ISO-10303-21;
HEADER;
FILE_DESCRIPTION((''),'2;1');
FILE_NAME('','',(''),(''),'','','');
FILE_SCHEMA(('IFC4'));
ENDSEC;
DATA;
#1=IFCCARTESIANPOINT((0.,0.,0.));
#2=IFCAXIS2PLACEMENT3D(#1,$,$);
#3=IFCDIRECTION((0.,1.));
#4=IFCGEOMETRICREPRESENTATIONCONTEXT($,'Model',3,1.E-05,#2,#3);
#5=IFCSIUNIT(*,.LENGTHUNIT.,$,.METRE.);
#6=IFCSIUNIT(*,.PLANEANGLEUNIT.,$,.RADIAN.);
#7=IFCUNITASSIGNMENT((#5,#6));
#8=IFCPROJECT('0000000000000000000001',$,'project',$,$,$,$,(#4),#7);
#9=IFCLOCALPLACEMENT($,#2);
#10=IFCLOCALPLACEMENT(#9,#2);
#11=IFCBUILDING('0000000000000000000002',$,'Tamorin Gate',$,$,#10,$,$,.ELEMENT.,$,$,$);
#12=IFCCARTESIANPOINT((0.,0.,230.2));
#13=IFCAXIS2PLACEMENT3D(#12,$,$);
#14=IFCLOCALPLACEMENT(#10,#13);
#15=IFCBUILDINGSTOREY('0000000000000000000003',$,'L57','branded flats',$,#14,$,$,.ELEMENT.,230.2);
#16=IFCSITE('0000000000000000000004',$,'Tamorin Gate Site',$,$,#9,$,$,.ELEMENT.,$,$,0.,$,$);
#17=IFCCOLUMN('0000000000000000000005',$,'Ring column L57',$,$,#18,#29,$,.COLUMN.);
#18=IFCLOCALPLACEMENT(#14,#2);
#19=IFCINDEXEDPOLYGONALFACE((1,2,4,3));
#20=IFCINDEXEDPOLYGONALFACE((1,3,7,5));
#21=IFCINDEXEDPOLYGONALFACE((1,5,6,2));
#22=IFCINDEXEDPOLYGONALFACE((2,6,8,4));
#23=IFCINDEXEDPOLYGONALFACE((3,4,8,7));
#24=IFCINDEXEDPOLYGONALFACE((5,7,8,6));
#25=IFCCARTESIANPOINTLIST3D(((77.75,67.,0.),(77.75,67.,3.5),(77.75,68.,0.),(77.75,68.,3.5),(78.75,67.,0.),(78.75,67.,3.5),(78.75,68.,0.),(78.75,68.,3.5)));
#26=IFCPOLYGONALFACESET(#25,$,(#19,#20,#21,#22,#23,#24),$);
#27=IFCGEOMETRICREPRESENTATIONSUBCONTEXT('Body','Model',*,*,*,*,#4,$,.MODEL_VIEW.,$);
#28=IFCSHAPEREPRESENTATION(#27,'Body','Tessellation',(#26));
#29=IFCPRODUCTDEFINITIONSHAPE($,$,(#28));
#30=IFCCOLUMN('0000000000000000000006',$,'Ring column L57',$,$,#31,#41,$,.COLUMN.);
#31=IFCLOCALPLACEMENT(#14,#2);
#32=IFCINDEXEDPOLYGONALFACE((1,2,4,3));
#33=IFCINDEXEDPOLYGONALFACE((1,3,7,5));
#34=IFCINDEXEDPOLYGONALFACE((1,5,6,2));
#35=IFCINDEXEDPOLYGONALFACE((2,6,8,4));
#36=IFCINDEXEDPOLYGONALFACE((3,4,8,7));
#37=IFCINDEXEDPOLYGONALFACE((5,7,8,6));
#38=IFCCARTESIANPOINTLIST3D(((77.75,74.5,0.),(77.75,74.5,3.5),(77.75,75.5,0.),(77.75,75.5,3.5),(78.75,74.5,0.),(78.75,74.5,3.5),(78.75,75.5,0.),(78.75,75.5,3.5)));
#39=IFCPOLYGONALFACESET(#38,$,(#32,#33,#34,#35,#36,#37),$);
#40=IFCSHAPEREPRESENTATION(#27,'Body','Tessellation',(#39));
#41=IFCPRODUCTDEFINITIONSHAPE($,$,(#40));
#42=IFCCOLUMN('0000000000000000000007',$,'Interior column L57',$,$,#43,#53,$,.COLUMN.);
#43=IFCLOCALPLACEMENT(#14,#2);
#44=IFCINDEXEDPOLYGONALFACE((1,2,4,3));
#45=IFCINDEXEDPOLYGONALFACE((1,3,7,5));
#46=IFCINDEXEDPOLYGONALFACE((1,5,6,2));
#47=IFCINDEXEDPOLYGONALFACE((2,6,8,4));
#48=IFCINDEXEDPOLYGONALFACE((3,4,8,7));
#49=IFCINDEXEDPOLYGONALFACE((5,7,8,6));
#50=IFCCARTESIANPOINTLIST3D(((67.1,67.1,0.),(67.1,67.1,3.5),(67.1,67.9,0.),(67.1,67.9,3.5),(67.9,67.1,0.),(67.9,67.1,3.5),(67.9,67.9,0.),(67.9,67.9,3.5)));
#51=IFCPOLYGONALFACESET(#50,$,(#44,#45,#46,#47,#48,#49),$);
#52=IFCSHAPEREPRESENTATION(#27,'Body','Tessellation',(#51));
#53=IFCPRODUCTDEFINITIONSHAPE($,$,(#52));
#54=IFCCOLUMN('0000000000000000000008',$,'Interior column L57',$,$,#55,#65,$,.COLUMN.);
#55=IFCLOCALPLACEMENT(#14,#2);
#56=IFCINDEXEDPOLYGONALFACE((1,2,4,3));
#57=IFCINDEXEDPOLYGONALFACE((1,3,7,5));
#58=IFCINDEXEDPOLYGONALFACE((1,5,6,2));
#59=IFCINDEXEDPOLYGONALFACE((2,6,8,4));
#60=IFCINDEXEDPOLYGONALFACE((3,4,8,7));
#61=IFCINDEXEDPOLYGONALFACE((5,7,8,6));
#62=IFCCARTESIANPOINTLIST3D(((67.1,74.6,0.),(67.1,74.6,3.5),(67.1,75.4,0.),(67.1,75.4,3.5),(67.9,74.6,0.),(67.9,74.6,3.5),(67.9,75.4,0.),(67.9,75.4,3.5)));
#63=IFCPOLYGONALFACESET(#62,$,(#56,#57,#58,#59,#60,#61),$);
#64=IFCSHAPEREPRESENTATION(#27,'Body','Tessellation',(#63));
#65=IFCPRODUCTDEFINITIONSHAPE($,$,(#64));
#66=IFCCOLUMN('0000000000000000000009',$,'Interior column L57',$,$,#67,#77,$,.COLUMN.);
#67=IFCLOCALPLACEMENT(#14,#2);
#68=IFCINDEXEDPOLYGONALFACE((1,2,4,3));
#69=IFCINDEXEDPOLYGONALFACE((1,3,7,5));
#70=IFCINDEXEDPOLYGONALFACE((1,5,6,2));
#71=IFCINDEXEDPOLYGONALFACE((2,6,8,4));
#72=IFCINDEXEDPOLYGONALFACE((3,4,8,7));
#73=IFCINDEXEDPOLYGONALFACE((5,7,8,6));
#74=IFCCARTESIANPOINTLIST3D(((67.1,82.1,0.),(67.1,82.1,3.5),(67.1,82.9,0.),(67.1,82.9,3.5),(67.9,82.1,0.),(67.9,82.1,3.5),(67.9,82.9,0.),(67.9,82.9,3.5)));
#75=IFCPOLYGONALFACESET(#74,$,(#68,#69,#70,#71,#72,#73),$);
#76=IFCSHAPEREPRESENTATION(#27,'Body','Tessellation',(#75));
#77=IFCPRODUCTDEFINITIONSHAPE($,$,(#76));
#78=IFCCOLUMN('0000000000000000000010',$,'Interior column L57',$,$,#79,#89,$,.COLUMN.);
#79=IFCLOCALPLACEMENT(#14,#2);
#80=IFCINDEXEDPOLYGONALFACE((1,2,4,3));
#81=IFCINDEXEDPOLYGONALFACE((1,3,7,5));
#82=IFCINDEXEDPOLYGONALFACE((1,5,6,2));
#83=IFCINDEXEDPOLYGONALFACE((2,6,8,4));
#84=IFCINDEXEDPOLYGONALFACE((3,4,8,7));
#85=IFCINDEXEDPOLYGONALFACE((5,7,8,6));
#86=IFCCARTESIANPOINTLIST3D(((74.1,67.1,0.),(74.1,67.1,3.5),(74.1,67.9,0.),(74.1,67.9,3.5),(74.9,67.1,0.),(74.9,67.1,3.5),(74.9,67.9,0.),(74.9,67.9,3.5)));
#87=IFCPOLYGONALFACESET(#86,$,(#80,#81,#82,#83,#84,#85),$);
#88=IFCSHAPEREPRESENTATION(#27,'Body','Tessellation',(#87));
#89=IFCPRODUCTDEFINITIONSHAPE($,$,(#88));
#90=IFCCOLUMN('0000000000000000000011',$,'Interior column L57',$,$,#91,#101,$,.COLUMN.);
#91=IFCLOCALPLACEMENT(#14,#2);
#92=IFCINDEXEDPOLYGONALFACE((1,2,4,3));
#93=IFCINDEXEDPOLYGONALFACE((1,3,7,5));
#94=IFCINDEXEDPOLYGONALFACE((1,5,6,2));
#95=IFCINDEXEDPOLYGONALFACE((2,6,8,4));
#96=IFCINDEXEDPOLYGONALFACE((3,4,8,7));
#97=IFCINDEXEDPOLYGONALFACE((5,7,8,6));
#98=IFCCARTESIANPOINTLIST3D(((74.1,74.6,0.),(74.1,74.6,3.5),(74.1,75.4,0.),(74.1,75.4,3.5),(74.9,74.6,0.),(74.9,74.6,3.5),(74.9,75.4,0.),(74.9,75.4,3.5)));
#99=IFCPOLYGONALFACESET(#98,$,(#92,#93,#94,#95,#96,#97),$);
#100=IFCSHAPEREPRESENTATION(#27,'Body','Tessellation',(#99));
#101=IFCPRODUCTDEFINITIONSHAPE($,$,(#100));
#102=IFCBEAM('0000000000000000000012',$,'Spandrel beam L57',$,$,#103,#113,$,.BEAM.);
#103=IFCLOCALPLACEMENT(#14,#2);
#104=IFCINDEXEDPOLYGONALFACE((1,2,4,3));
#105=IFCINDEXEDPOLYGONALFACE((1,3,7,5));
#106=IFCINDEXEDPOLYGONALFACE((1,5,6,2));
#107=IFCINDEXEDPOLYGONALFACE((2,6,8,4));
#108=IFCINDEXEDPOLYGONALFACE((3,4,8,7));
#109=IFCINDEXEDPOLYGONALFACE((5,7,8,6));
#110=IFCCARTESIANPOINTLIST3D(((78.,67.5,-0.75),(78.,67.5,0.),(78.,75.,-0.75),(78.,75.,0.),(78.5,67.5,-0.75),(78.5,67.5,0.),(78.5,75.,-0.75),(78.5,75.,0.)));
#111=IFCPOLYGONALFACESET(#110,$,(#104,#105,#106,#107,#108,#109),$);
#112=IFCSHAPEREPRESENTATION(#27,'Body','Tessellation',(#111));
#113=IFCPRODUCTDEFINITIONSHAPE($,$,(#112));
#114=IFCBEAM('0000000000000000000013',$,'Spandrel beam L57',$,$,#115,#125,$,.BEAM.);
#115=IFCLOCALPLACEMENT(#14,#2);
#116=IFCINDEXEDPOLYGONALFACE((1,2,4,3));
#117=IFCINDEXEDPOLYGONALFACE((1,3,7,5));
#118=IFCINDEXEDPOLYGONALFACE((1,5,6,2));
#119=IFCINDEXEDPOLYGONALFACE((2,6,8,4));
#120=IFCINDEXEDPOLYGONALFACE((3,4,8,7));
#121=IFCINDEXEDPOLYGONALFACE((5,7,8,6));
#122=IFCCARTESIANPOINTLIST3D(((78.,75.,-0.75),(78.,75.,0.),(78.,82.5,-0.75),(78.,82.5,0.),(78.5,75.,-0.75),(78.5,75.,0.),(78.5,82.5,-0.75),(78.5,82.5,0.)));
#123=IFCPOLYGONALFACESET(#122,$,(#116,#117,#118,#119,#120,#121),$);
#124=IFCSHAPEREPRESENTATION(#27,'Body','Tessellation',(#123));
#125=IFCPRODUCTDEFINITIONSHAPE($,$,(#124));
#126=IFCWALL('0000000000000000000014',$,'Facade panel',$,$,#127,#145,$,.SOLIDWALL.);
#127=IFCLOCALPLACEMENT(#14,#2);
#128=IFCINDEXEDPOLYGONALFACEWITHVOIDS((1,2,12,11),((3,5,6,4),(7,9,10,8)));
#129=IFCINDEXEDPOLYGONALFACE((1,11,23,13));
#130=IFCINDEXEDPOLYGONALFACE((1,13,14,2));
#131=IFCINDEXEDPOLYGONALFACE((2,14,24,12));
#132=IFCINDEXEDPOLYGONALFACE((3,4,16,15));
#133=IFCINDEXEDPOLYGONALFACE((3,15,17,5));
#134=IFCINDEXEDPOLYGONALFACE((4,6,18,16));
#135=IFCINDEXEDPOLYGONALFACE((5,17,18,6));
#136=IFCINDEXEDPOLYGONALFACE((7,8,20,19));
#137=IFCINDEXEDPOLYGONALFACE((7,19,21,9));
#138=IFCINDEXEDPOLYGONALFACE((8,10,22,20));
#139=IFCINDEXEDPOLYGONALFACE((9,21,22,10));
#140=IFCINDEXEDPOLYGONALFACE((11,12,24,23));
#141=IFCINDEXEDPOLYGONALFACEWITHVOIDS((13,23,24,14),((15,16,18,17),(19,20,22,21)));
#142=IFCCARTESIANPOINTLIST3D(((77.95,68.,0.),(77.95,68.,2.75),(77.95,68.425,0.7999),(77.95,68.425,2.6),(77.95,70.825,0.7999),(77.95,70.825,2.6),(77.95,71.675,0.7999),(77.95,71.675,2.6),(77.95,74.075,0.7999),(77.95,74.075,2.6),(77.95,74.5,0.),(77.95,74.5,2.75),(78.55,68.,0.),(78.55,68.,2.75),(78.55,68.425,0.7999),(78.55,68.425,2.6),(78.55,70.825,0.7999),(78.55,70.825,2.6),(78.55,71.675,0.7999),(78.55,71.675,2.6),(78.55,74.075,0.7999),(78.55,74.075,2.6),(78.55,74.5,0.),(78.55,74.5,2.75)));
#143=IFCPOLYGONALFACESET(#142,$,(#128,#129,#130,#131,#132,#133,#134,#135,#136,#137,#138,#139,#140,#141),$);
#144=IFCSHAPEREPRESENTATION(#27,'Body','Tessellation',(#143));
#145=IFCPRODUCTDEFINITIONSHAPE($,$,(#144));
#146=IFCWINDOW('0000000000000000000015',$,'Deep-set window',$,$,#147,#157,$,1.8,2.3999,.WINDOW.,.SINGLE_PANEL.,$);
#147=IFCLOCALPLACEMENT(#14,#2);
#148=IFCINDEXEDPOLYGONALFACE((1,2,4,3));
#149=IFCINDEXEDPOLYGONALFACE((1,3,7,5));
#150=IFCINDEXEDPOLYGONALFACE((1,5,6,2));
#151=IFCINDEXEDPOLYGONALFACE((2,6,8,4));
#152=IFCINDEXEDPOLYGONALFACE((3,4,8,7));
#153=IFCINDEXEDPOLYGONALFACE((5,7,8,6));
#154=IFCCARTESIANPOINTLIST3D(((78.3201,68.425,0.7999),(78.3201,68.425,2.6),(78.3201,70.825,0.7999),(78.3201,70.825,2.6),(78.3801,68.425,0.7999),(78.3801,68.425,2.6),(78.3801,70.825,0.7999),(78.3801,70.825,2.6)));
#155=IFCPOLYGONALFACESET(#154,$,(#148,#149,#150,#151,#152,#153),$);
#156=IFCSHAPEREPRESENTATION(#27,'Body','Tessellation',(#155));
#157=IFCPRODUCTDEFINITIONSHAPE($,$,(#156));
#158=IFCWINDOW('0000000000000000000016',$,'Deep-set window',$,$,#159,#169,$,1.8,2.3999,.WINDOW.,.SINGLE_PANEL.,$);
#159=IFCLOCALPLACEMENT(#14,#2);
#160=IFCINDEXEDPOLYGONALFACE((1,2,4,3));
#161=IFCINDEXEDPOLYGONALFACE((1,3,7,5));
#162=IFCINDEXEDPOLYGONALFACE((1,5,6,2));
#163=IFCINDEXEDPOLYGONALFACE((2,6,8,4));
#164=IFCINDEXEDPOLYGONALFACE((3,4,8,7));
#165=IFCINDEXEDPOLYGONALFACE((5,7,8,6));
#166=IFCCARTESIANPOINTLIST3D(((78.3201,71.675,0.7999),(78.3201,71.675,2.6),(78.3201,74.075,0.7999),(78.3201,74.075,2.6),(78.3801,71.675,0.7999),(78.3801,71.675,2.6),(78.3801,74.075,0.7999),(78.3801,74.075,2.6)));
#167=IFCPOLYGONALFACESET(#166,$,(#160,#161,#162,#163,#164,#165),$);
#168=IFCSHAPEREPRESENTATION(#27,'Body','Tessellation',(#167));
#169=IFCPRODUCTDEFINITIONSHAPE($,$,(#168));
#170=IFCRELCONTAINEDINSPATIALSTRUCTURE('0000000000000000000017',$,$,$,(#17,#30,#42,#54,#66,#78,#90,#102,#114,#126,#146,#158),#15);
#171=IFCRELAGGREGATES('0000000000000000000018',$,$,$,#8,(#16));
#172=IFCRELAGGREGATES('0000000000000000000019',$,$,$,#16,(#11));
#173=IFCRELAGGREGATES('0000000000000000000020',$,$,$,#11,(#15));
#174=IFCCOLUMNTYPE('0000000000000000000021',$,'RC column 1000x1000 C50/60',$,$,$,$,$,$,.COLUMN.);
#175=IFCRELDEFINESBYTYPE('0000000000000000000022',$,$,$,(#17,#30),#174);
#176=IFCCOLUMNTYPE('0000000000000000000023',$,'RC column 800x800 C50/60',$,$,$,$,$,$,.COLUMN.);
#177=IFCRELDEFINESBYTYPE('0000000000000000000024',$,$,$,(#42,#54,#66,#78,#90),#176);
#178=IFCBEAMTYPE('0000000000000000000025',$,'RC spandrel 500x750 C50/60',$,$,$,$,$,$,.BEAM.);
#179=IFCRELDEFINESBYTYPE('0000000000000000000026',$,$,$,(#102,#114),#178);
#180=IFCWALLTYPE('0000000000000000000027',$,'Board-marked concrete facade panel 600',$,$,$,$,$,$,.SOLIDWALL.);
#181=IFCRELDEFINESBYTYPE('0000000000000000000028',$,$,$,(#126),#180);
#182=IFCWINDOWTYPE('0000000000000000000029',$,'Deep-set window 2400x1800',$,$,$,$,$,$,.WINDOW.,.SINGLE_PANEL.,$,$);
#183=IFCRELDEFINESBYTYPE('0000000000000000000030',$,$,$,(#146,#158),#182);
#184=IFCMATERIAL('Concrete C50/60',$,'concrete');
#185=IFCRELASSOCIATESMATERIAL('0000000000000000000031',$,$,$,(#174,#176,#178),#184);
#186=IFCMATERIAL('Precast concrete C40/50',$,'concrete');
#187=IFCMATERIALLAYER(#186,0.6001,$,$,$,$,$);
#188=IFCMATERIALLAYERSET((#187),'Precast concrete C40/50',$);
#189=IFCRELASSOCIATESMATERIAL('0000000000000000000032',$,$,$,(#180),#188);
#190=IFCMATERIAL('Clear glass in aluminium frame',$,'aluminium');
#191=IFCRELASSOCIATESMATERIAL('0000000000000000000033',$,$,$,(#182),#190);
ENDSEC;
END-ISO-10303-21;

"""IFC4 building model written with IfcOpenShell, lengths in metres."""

from ifc_helpers import new_model, si_unit, direction, frame, frame_2d, origin, origin_2d, place, context, subcontext, project, spatial, rectangle, extrude, material, layer, layer_set, material_profile, profile_set, type_object, element, fill, save


model = new_model("IFC4")

# Units and contexts
model_context = context("Model", 3, precision=1e-05, world=origin(), true_north=direction((0.0, 1.0)))
body_context = subcontext(model_context, "Body", "Model", "MODEL_VIEW")
ifc_project = project(units=[si_unit("LENGTHUNIT", "METRE"), si_unit("PLANEANGLEUNIT", "RADIAN")], contexts=[model_context])

# Site, building, storey
site_placement = place(None, origin())
site = spatial("IfcSite", under=ifc_project, at=site_placement, Name="Tamorin Gate Site", CompositionType="ELEMENT", RefElevation=0.0)
building_placement = place(site_placement, origin())
building = spatial("IfcBuilding", under=site, at=building_placement, Name="Tamorin Gate", CompositionType="ELEMENT")
storey_placement = place(building_placement, frame((0.0, 0.0, 230.2)))
storey = spatial("IfcBuildingStorey", under=building, at=storey_placement, Name="L57", Description="branded flats", CompositionType="ELEMENT", Elevation=230.2)

# Columns
ifc_material_1 = material(Name="Concrete C50/60", Category="concrete")
ifc_material_profile_1 = material_profile(ifc_material_1, rectangle(XDim=1.0, YDim=1.0, at=origin_2d()), Name="RC 1000x1000")
ifc_profile_set_1 = profile_set([ifc_material_profile_1], Name="Concrete C50/60")
column_type_1 = type_object("IfcColumnType", Name="RC column 1000x1000 C50/60", PredefinedType="COLUMN", material=ifc_profile_set_1)
for number, where, z_axis, x_axis, name in (
    (1, (78.25, 67.5, 0.0), (0.0, 0.0, 1.0), (1.0, 0.0, 0.0), "Ring column L57"),
    (2, (78.25, 75.0, 0.0), (0.0, 0.0, 1.0), (1.0, 0.0, 0.0), "Ring column L57"),
):
    element("IfcColumn", number, at=place(storey_placement, frame(where, z_axis=z_axis, x_axis=x_axis)), inside=storey, type_object=column_type_1, Name=name, PredefinedType="COLUMN", context=body_context, shape_type="SweptSolid", body=[
        extrude(rectangle(XDim=1.0, YDim=1.0, at=origin_2d()), origin(), (0.0, 0.0, 1.0), 3.5),
    ])
ifc_material_profile_2 = material_profile(ifc_material_1, rectangle(XDim=0.8, YDim=0.8, at=origin_2d()), Name="RC 800x800")
ifc_profile_set_2 = profile_set([ifc_material_profile_2], Name="Concrete C50/60")
column_type_2 = type_object("IfcColumnType", Name="RC column 800x800 C50/60", PredefinedType="COLUMN", material=ifc_profile_set_2)
for number, where, z_axis, x_axis, name in (
    (3, (67.5, 67.5, 0.0), (0.0, 0.0, 1.0), (1.0, 0.0, 0.0), "Interior column L57"),
    (4, (67.5, 75.0, 0.0), (0.0, 0.0, 1.0), (1.0, 0.0, 0.0), "Interior column L57"),
    (5, (67.5, 82.5, 0.0), (0.0, 0.0, 1.0), (1.0, 0.0, 0.0), "Interior column L57"),
    (6, (74.5, 67.5, 0.0), (0.0, 0.0, 1.0), (1.0, 0.0, 0.0), "Interior column L57"),
    (7, (74.5, 75.0, 0.0), (0.0, 0.0, 1.0), (1.0, 0.0, 0.0), "Interior column L57"),
):
    element("IfcColumn", number, at=place(storey_placement, frame(where, z_axis=z_axis, x_axis=x_axis)), inside=storey, type_object=column_type_2, Name=name, PredefinedType="COLUMN", context=body_context, shape_type="SweptSolid", body=[
        extrude(rectangle(XDim=0.8, YDim=0.8, at=origin_2d()), origin(), (0.0, 0.0, 1.0), 3.5),
    ])

# Beams
ifc_material_profile_3 = material_profile(ifc_material_1, rectangle(XDim=0.5, YDim=0.75, at=origin_2d()), Name="RC 500x750")
ifc_profile_set_3 = profile_set([ifc_material_profile_3], Name="Concrete C50/60")
beam_type = type_object("IfcBeamType", Name="RC spandrel 500x750 C50/60", PredefinedType="BEAM", material=ifc_profile_set_3)
for number, where, z_axis, x_axis, name in (
    (8, (78.25, 67.5, -0.375), (0.0, 1.0, 0.0), (-1.0, 0.0, 0.0), "Spandrel beam L57"),
    (9, (78.25, 75.0, -0.375), (0.0, 1.0, 0.0), (-1.0, 0.0, 0.0), "Spandrel beam L57"),
):
    element("IfcBeam", number, at=place(storey_placement, frame(where, z_axis=z_axis, x_axis=x_axis)), inside=storey, type_object=beam_type, Name=name, PredefinedType="BEAM", context=body_context, shape_type="SweptSolid", body=[
        extrude(rectangle(XDim=0.5, YDim=0.75, at=origin_2d()), origin(), (0.0, 0.0, 1.0), 7.5),
    ])

# Wall, openings, windows
ifc_material_2 = material(Name="Precast concrete C40/50", Category="concrete")
ifc_layer_1 = layer(ifc_material_2, 0.6001)
ifc_layer_set_1 = layer_set([ifc_layer_1], Name="Precast concrete C40/50")
wall_type_1 = type_object("IfcWallType", Name="Board-marked concrete facade panel 600", PredefinedType="SOLIDWALL", material=ifc_layer_set_1)
wall_1_placement = place(storey_placement, frame((78.25, 68.0, 0.0), z_axis=(0.0, 0.0, 1.0), x_axis=(0.0, 1.0, 0.0)))
wall_1 = element("IfcWall", 10, at=wall_1_placement, inside=storey, type_object=wall_type_1, Name="Facade panel", PredefinedType="SOLIDWALL", context=body_context, shape_type="SweptSolid", body=[
    extrude(rectangle(XDim=6.5, YDim=0.6001, at=frame_2d((3.25, 0.0))), origin(), (0.0, 0.0, 1.0), 2.75),
])
opening_1_placement = place(wall_1_placement, frame((0.425, 0.0, 0.8)))
opening_1 = element("IfcOpeningElement", 11, at=opening_1_placement, cuts=wall_1, PredefinedType="OPENING", context=body_context, shape_type="SweptSolid", body=[
    extrude(rectangle(XDim=2.3999, YDim=1.8, at=frame_2d((1.2, 0.8999))), frame((0.0, 0.3101, 0.0), z_axis=(0.0, -1.0, 0.0), x_axis=(1.0, 0.0, 0.0)), (0.0, 0.0, 1.0), 0.6201),
])
opening_2_placement = place(wall_1_placement, frame((3.675, 0.0, 0.8)))
opening_2 = element("IfcOpeningElement", 12, at=opening_2_placement, cuts=wall_1, PredefinedType="OPENING", context=body_context, shape_type="SweptSolid", body=[
    extrude(rectangle(XDim=2.3999, YDim=1.8, at=frame_2d((1.2, 0.8999))), frame((0.0, 0.3101, 0.0), z_axis=(0.0, -1.0, 0.0), x_axis=(1.0, 0.0, 0.0)), (0.0, 0.0, 1.0), 0.6201),
])
ifc_material_3 = material(Name="Clear glass in aluminium frame", Category="aluminium")
window_type = type_object("IfcWindowType", Name="Deep-set window 2400x1800", PartitioningType="SINGLE_PANEL", PredefinedType="WINDOW", material=ifc_material_3)
window_1_placement = place(opening_1_placement, origin())
window_1 = element("IfcWindow", 13, at=window_1_placement, inside=storey, type_object=window_type, Name="Deep-set window", OverallHeight=1.8, OverallWidth=2.3999, PartitioningType="SINGLE_PANEL", PredefinedType="WINDOW", context=body_context, shape_type="SweptSolid", body=[
    extrude(rectangle(XDim=2.3999, YDim=1.8, at=frame_2d((1.2, 0.8999))), frame((0.0, -0.0701, 0.0), z_axis=(0.0, -1.0, 0.0), x_axis=(1.0, 0.0, 0.0)), (0.0, 0.0, 1.0), 0.0601),
])
fill(opening_1, window_1)
window_2_placement = place(opening_2_placement, origin())
window_2 = element("IfcWindow", 14, at=window_2_placement, inside=storey, type_object=window_type, Name="Deep-set window", OverallHeight=1.8, OverallWidth=2.3999, PartitioningType="SINGLE_PANEL", PredefinedType="WINDOW", context=body_context, shape_type="SweptSolid", body=[
    extrude(rectangle(XDim=2.3999, YDim=1.8, at=frame_2d((1.2, 0.8999))), frame((0.0, -0.0701, 0.0), z_axis=(0.0, -1.0, 0.0), x_axis=(1.0, 0.0, 0.0)), (0.0, 0.0, 1.0), 0.0601),
])
fill(opening_2, window_2)

save(model, "model.ifc")
